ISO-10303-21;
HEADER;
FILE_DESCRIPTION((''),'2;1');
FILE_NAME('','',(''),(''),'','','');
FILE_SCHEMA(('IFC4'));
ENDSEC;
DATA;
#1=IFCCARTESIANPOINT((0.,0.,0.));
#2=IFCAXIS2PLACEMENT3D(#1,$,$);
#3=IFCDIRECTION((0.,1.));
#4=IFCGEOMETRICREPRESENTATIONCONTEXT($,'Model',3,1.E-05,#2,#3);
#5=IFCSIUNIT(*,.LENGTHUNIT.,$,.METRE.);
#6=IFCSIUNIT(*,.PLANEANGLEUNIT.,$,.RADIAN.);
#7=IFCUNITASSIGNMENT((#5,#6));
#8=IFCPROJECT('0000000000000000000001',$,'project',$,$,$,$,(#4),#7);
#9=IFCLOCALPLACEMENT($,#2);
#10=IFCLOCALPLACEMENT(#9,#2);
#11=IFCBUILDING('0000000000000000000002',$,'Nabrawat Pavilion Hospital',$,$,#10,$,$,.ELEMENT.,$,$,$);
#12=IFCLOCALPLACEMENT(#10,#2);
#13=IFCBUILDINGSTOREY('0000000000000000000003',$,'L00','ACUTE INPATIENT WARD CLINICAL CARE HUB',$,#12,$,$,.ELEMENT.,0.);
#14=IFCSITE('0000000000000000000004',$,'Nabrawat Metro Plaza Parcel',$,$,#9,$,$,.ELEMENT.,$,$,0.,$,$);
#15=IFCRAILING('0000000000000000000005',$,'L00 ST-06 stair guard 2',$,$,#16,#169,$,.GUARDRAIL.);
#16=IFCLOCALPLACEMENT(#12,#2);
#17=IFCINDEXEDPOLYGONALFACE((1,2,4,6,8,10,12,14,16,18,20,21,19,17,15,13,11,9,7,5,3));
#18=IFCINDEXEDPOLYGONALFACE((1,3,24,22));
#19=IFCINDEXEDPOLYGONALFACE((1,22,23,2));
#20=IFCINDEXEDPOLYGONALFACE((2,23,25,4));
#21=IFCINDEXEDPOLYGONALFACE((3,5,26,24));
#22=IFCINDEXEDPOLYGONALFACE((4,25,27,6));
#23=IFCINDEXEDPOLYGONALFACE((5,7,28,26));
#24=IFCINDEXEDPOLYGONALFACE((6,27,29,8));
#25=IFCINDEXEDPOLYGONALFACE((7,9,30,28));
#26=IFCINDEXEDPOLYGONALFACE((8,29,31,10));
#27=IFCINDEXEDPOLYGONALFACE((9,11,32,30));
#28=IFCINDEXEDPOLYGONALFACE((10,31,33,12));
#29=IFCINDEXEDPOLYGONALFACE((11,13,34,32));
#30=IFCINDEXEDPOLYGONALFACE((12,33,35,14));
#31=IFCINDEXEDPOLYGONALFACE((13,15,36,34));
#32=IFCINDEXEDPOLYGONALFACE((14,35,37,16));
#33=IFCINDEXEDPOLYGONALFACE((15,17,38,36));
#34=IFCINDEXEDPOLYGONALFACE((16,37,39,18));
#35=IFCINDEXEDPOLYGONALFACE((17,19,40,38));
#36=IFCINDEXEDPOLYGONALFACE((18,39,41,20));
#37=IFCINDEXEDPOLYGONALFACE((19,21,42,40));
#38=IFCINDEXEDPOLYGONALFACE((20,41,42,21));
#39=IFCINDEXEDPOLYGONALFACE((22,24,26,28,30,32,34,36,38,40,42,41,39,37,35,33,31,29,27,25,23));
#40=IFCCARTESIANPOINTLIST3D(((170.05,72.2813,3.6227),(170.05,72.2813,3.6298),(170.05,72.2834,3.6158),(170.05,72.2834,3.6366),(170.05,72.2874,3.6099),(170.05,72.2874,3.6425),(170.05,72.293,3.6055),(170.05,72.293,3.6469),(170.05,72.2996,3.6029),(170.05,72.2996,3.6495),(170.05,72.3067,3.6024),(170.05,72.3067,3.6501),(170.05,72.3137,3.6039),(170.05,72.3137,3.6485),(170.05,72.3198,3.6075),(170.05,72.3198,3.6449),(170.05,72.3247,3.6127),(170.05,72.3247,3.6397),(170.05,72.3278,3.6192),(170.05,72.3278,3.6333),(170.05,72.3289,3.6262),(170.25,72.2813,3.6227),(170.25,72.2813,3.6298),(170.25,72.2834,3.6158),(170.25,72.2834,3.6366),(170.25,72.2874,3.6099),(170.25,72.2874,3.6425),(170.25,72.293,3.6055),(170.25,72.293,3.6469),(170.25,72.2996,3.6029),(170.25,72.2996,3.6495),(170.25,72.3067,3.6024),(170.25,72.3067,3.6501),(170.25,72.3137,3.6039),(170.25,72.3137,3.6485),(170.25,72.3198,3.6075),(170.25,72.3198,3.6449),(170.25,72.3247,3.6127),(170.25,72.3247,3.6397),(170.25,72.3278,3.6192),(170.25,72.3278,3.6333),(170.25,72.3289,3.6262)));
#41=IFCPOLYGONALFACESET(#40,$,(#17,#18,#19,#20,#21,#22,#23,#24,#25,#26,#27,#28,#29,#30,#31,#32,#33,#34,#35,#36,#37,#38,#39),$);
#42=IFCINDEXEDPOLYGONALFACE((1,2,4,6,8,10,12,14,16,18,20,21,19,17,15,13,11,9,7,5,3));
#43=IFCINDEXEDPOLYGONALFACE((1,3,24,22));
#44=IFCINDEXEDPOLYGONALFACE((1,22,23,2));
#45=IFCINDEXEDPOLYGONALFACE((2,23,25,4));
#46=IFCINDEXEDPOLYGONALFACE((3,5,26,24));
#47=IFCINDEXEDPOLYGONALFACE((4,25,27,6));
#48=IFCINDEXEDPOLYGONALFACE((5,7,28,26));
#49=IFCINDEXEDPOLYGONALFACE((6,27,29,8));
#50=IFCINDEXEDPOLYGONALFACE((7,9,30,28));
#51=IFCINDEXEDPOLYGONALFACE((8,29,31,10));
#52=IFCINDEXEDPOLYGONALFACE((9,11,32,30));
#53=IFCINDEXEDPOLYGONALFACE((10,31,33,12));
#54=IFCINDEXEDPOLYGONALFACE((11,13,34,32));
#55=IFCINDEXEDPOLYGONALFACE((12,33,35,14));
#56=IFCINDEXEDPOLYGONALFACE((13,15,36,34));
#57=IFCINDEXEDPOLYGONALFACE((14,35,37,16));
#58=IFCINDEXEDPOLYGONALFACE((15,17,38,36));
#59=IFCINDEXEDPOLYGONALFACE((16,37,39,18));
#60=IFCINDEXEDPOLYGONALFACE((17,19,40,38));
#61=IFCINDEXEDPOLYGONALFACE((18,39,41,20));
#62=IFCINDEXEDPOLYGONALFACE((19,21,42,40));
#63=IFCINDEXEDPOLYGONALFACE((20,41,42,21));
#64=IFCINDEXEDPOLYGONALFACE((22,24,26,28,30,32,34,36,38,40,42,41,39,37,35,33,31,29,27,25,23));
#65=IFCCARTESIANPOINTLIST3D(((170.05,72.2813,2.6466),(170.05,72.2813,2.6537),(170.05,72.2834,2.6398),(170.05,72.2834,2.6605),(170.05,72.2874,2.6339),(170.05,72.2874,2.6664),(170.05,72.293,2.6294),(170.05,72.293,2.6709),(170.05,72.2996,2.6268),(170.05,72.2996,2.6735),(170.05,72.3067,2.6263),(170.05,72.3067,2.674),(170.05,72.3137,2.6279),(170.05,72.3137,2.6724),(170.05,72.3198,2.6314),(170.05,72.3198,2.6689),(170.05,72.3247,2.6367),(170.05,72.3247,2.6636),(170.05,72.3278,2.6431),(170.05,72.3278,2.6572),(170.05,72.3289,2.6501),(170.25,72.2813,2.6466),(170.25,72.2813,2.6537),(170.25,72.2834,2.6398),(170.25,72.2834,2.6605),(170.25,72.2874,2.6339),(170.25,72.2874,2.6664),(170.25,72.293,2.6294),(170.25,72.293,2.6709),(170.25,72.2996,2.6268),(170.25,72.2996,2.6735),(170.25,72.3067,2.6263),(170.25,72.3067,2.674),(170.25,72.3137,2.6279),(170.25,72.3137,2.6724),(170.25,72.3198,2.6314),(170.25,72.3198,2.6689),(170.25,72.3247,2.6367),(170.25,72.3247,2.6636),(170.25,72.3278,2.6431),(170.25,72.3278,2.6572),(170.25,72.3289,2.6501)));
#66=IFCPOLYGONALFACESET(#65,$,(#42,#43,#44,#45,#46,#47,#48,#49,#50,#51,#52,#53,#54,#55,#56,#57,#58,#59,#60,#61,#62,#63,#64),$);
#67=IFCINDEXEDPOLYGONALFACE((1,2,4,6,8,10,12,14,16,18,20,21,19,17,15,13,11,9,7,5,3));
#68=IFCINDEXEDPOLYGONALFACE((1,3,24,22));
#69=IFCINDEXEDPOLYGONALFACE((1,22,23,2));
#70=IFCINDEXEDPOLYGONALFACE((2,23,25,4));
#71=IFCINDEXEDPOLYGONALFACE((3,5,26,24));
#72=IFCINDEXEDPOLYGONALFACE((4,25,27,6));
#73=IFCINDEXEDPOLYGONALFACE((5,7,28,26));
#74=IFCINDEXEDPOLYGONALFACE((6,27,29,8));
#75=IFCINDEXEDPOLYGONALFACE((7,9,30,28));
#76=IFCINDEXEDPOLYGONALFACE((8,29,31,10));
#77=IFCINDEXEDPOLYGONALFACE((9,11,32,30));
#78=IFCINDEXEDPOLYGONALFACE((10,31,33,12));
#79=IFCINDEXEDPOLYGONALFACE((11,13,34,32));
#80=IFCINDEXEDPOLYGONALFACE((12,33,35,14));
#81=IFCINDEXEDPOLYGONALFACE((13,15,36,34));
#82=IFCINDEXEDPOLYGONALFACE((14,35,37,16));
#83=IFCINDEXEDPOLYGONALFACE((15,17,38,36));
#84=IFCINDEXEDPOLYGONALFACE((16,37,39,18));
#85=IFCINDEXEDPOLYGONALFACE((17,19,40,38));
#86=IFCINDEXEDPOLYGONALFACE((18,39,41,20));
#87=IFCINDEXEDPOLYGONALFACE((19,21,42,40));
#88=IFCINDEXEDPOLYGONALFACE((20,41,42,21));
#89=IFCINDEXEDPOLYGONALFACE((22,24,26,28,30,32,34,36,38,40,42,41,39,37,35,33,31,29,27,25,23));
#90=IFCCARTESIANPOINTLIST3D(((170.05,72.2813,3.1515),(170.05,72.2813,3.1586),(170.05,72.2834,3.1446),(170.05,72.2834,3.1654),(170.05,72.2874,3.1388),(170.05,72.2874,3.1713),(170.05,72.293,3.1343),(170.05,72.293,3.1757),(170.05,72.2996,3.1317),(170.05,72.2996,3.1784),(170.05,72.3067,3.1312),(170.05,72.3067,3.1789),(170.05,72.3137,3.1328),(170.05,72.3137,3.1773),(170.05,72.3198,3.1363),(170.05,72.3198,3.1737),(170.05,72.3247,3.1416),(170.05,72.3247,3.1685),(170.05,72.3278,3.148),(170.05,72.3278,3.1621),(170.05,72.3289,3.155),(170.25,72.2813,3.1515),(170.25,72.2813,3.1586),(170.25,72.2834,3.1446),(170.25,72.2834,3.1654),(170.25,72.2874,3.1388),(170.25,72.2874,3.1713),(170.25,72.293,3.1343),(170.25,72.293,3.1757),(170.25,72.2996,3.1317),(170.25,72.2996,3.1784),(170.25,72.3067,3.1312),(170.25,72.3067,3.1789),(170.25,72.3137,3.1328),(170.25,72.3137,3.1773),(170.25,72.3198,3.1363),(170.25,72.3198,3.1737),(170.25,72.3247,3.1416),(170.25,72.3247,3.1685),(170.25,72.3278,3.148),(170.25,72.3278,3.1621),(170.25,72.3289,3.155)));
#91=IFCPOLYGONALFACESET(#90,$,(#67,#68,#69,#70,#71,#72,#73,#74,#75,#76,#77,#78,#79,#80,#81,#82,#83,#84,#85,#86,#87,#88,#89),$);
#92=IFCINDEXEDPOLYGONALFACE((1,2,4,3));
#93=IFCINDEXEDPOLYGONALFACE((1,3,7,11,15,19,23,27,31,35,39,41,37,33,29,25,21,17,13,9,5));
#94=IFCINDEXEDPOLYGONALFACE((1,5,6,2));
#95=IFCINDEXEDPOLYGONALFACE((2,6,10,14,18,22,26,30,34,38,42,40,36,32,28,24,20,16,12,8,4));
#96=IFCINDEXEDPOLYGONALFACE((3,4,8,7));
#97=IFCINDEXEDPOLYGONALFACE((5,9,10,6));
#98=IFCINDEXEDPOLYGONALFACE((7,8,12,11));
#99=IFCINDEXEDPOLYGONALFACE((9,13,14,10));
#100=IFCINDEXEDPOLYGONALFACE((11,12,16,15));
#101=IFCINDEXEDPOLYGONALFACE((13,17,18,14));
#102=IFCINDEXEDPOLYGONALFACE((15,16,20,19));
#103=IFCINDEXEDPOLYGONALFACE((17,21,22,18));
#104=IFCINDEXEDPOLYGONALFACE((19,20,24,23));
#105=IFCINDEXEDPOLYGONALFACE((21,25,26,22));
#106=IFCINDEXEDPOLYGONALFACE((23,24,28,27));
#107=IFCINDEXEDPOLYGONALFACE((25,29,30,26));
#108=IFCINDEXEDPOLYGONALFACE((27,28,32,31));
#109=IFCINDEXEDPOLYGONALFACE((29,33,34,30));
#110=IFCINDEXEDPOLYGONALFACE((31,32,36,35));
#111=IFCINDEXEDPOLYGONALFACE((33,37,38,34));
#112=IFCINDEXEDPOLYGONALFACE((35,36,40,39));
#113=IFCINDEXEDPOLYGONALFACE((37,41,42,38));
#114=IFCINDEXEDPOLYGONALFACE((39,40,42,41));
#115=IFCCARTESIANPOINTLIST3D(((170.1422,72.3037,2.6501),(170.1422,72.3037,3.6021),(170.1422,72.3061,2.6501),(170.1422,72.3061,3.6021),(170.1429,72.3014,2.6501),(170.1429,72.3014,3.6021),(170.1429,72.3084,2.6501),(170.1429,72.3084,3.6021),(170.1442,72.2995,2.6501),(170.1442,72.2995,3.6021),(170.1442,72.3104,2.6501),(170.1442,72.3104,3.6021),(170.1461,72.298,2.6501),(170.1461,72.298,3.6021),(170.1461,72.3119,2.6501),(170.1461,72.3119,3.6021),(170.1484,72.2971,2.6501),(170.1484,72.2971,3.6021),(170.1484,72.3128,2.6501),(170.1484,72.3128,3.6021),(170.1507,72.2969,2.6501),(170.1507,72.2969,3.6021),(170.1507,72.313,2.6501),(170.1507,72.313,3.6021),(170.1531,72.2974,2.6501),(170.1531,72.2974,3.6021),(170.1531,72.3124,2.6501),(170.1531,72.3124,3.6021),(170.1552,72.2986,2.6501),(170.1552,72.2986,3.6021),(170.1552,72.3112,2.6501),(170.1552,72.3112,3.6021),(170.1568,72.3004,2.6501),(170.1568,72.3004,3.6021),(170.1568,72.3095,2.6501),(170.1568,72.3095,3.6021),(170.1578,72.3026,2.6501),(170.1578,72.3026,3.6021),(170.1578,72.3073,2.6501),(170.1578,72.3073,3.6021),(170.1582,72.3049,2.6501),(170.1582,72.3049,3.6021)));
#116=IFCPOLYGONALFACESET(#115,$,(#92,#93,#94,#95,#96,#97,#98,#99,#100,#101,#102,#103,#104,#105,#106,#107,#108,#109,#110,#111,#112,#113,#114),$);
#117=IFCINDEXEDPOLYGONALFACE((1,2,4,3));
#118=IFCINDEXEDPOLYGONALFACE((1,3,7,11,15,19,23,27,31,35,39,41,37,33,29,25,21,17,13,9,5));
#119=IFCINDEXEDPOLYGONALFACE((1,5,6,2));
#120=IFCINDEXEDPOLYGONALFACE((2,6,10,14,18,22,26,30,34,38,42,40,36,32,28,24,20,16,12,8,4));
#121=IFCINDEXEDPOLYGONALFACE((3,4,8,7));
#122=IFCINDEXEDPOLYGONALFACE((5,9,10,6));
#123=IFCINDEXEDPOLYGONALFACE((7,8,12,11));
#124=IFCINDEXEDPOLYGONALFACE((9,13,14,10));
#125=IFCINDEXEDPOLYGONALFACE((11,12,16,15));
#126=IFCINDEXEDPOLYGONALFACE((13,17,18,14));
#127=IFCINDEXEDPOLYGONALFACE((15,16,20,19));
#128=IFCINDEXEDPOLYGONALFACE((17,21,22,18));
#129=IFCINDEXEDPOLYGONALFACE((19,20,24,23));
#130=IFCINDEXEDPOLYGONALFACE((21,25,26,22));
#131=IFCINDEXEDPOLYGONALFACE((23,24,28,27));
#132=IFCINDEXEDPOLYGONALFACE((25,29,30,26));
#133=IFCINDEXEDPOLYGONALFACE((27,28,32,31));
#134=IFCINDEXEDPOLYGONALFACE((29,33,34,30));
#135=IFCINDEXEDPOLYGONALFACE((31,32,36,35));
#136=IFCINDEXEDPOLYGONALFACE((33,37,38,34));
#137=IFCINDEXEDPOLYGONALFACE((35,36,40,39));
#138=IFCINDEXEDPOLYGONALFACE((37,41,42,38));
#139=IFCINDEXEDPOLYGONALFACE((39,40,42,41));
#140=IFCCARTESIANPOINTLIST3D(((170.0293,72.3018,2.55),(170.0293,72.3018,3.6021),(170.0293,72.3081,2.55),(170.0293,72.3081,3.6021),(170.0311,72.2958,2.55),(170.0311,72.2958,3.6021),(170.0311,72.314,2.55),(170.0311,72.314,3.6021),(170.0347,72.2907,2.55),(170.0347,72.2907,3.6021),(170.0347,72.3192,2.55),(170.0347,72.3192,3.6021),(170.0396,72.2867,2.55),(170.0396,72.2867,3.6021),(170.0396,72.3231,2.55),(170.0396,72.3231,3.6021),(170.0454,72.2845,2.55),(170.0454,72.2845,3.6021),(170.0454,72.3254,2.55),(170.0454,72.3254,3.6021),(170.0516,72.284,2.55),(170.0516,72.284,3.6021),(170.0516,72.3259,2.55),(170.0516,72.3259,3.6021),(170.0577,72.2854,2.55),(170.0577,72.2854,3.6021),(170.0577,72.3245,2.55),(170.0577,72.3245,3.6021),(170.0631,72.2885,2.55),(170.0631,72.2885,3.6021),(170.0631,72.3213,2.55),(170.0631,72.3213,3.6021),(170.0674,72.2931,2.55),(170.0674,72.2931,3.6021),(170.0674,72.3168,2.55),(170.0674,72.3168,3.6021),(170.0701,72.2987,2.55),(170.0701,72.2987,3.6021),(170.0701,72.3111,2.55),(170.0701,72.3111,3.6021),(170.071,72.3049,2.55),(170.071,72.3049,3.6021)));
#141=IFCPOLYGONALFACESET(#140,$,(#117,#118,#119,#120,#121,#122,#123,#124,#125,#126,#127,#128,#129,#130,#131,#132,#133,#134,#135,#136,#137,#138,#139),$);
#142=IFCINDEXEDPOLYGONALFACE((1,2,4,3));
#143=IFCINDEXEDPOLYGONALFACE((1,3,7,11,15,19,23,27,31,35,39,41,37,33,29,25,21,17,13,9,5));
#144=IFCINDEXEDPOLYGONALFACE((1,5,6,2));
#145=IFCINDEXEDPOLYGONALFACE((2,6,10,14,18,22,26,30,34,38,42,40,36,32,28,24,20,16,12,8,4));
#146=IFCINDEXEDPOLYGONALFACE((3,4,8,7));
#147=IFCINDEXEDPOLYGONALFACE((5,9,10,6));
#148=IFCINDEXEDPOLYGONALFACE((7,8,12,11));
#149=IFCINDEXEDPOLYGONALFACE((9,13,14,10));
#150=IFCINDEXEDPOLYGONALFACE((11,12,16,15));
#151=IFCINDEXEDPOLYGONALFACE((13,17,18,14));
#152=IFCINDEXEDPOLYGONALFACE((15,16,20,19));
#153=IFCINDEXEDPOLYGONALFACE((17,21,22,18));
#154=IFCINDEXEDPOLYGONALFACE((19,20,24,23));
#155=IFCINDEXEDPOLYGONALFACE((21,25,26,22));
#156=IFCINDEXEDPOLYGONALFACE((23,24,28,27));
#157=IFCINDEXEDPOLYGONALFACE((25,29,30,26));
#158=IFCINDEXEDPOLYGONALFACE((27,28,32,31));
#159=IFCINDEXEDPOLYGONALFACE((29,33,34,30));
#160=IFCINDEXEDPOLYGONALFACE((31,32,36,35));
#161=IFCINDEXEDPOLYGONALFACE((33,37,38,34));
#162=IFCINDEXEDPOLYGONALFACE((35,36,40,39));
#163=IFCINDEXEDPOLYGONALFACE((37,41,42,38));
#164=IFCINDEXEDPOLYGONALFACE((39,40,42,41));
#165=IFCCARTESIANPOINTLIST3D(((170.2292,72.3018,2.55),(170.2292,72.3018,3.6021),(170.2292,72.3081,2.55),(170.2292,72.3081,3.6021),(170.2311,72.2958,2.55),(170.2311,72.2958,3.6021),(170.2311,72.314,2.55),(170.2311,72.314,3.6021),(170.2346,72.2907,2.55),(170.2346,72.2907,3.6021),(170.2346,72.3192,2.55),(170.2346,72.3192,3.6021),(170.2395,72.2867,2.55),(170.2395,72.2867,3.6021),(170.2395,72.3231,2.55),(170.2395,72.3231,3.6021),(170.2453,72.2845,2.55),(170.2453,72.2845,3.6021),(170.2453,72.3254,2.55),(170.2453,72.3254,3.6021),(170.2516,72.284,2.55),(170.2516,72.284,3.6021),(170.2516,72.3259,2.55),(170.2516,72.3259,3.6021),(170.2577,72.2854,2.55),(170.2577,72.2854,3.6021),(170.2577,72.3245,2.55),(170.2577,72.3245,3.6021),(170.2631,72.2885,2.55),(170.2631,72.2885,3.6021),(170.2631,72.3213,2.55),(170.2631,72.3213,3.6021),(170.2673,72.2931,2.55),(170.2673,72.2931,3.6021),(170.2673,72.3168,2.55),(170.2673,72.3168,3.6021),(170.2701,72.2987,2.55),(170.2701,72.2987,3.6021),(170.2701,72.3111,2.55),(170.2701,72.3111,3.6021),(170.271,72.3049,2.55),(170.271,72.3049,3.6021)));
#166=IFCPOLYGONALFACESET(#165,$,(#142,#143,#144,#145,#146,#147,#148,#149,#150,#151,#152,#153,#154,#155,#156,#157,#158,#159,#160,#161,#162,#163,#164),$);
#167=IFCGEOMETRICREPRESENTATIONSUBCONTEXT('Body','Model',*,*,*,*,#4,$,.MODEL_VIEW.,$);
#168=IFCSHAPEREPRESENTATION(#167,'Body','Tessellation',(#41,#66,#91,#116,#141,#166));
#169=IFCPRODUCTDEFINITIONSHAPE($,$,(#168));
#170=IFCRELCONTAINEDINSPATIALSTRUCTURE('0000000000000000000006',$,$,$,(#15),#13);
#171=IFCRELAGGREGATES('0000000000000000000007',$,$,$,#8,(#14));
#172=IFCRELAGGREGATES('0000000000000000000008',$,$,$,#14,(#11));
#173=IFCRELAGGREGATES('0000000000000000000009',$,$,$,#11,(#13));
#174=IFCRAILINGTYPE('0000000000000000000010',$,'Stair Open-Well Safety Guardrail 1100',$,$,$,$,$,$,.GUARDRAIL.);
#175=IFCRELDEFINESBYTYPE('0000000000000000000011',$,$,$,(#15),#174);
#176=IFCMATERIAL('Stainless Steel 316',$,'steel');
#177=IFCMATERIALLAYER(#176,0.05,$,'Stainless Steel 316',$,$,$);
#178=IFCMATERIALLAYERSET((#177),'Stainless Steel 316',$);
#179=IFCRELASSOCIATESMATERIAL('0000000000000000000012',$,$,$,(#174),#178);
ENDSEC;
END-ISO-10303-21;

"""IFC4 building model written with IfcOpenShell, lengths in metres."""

from ifc_helpers import new_model, si_unit, direction, frame, origin, origin_2d, place, context, subcontext, project, spatial, circle, extrude, material, layer, layer_set, type_object, element, save


model = new_model("IFC4")

# Units and contexts
model_context = context("Model", 3, precision=1e-05, world=origin(), true_north=direction((0.0, 1.0)))
body_context = subcontext(model_context, "Body", "Model", "MODEL_VIEW")
ifc_project = project(units=[si_unit("LENGTHUNIT", "METRE"), si_unit("PLANEANGLEUNIT", "RADIAN")], contexts=[model_context])

# Site, building, storey
site_placement = place(None, origin())
site = spatial("IfcSite", under=ifc_project, at=site_placement, Name="Nabrawat Metro Plaza Parcel", CompositionType="ELEMENT", RefElevation=0.0)
building_placement = place(site_placement, origin())
building = spatial("IfcBuilding", under=site, at=building_placement, Name="Nabrawat Pavilion Hospital", CompositionType="ELEMENT")
storey_placement = place(building_placement, origin())
storey = spatial("IfcBuildingStorey", under=building, at=storey_placement, Name="L00", Description="ACUTE INPATIENT WARD CLINICAL CARE HUB", CompositionType="ELEMENT", Elevation=0.0)

# Railing
ifc_material_1 = material(Name="Stainless Steel 316", Category="steel")
ifc_layer_1 = layer(ifc_material_1, 0.05, Name="Stainless Steel 316")
ifc_layer_set_1 = layer_set([ifc_layer_1], Name="Stainless Steel 316")
railing_type = type_object("IfcRailingType", Name="Stair Open-Well Safety Guardrail 1100", PredefinedType="GUARDRAIL", material=ifc_layer_set_1)
railing_1_placement = place(storey_placement, frame((170.05, 72.3049, 2.55)))
element("IfcRailing", 1, at=railing_1_placement, inside=storey, type_object=railing_type, Name="L00 ST-06 stair guard 2", PredefinedType="GUARDRAIL", context=body_context, shape_type="SweptSolid", body=[
    extrude(circle(Radius=0.0239, at=origin_2d()), frame((0.0, 0.0, 1.0762), z_axis=(1.0, 0.0, 0.0), x_axis=(0.0, 1.0, 0.0)), (0.0, 0.0, 1.0), 0.2),
    extrude(circle(Radius=0.0239, at=origin_2d()), frame((0.0, 0.0, 0.1001), z_axis=(1.0, 0.0, 0.0), x_axis=(0.0, 1.0, 0.0)), (0.0, 0.0, 1.0), 0.2),
    extrude(circle(Radius=0.0239, at=origin_2d()), frame((0.0, 0.0, 0.605), z_axis=(1.0, 0.0, 0.0), x_axis=(0.0, 1.0, 0.0)), (0.0, 0.0, 1.0), 0.2),
    extrude(circle(Radius=0.0081, at=origin_2d()), frame((0.1001, 0.0, 0.1001)), (0.0, 0.0, 1.0), 0.9519),
    extrude(circle(Radius=0.021, at=origin_2d()), origin(), (0.0, 0.0, 1.0), 1.052),
    extrude(circle(Radius=0.021, at=origin_2d()), frame((0.2, 0.0, 0.0)), (0.0, 0.0, 1.0), 1.052),
])

save(model, "model.ifc")
